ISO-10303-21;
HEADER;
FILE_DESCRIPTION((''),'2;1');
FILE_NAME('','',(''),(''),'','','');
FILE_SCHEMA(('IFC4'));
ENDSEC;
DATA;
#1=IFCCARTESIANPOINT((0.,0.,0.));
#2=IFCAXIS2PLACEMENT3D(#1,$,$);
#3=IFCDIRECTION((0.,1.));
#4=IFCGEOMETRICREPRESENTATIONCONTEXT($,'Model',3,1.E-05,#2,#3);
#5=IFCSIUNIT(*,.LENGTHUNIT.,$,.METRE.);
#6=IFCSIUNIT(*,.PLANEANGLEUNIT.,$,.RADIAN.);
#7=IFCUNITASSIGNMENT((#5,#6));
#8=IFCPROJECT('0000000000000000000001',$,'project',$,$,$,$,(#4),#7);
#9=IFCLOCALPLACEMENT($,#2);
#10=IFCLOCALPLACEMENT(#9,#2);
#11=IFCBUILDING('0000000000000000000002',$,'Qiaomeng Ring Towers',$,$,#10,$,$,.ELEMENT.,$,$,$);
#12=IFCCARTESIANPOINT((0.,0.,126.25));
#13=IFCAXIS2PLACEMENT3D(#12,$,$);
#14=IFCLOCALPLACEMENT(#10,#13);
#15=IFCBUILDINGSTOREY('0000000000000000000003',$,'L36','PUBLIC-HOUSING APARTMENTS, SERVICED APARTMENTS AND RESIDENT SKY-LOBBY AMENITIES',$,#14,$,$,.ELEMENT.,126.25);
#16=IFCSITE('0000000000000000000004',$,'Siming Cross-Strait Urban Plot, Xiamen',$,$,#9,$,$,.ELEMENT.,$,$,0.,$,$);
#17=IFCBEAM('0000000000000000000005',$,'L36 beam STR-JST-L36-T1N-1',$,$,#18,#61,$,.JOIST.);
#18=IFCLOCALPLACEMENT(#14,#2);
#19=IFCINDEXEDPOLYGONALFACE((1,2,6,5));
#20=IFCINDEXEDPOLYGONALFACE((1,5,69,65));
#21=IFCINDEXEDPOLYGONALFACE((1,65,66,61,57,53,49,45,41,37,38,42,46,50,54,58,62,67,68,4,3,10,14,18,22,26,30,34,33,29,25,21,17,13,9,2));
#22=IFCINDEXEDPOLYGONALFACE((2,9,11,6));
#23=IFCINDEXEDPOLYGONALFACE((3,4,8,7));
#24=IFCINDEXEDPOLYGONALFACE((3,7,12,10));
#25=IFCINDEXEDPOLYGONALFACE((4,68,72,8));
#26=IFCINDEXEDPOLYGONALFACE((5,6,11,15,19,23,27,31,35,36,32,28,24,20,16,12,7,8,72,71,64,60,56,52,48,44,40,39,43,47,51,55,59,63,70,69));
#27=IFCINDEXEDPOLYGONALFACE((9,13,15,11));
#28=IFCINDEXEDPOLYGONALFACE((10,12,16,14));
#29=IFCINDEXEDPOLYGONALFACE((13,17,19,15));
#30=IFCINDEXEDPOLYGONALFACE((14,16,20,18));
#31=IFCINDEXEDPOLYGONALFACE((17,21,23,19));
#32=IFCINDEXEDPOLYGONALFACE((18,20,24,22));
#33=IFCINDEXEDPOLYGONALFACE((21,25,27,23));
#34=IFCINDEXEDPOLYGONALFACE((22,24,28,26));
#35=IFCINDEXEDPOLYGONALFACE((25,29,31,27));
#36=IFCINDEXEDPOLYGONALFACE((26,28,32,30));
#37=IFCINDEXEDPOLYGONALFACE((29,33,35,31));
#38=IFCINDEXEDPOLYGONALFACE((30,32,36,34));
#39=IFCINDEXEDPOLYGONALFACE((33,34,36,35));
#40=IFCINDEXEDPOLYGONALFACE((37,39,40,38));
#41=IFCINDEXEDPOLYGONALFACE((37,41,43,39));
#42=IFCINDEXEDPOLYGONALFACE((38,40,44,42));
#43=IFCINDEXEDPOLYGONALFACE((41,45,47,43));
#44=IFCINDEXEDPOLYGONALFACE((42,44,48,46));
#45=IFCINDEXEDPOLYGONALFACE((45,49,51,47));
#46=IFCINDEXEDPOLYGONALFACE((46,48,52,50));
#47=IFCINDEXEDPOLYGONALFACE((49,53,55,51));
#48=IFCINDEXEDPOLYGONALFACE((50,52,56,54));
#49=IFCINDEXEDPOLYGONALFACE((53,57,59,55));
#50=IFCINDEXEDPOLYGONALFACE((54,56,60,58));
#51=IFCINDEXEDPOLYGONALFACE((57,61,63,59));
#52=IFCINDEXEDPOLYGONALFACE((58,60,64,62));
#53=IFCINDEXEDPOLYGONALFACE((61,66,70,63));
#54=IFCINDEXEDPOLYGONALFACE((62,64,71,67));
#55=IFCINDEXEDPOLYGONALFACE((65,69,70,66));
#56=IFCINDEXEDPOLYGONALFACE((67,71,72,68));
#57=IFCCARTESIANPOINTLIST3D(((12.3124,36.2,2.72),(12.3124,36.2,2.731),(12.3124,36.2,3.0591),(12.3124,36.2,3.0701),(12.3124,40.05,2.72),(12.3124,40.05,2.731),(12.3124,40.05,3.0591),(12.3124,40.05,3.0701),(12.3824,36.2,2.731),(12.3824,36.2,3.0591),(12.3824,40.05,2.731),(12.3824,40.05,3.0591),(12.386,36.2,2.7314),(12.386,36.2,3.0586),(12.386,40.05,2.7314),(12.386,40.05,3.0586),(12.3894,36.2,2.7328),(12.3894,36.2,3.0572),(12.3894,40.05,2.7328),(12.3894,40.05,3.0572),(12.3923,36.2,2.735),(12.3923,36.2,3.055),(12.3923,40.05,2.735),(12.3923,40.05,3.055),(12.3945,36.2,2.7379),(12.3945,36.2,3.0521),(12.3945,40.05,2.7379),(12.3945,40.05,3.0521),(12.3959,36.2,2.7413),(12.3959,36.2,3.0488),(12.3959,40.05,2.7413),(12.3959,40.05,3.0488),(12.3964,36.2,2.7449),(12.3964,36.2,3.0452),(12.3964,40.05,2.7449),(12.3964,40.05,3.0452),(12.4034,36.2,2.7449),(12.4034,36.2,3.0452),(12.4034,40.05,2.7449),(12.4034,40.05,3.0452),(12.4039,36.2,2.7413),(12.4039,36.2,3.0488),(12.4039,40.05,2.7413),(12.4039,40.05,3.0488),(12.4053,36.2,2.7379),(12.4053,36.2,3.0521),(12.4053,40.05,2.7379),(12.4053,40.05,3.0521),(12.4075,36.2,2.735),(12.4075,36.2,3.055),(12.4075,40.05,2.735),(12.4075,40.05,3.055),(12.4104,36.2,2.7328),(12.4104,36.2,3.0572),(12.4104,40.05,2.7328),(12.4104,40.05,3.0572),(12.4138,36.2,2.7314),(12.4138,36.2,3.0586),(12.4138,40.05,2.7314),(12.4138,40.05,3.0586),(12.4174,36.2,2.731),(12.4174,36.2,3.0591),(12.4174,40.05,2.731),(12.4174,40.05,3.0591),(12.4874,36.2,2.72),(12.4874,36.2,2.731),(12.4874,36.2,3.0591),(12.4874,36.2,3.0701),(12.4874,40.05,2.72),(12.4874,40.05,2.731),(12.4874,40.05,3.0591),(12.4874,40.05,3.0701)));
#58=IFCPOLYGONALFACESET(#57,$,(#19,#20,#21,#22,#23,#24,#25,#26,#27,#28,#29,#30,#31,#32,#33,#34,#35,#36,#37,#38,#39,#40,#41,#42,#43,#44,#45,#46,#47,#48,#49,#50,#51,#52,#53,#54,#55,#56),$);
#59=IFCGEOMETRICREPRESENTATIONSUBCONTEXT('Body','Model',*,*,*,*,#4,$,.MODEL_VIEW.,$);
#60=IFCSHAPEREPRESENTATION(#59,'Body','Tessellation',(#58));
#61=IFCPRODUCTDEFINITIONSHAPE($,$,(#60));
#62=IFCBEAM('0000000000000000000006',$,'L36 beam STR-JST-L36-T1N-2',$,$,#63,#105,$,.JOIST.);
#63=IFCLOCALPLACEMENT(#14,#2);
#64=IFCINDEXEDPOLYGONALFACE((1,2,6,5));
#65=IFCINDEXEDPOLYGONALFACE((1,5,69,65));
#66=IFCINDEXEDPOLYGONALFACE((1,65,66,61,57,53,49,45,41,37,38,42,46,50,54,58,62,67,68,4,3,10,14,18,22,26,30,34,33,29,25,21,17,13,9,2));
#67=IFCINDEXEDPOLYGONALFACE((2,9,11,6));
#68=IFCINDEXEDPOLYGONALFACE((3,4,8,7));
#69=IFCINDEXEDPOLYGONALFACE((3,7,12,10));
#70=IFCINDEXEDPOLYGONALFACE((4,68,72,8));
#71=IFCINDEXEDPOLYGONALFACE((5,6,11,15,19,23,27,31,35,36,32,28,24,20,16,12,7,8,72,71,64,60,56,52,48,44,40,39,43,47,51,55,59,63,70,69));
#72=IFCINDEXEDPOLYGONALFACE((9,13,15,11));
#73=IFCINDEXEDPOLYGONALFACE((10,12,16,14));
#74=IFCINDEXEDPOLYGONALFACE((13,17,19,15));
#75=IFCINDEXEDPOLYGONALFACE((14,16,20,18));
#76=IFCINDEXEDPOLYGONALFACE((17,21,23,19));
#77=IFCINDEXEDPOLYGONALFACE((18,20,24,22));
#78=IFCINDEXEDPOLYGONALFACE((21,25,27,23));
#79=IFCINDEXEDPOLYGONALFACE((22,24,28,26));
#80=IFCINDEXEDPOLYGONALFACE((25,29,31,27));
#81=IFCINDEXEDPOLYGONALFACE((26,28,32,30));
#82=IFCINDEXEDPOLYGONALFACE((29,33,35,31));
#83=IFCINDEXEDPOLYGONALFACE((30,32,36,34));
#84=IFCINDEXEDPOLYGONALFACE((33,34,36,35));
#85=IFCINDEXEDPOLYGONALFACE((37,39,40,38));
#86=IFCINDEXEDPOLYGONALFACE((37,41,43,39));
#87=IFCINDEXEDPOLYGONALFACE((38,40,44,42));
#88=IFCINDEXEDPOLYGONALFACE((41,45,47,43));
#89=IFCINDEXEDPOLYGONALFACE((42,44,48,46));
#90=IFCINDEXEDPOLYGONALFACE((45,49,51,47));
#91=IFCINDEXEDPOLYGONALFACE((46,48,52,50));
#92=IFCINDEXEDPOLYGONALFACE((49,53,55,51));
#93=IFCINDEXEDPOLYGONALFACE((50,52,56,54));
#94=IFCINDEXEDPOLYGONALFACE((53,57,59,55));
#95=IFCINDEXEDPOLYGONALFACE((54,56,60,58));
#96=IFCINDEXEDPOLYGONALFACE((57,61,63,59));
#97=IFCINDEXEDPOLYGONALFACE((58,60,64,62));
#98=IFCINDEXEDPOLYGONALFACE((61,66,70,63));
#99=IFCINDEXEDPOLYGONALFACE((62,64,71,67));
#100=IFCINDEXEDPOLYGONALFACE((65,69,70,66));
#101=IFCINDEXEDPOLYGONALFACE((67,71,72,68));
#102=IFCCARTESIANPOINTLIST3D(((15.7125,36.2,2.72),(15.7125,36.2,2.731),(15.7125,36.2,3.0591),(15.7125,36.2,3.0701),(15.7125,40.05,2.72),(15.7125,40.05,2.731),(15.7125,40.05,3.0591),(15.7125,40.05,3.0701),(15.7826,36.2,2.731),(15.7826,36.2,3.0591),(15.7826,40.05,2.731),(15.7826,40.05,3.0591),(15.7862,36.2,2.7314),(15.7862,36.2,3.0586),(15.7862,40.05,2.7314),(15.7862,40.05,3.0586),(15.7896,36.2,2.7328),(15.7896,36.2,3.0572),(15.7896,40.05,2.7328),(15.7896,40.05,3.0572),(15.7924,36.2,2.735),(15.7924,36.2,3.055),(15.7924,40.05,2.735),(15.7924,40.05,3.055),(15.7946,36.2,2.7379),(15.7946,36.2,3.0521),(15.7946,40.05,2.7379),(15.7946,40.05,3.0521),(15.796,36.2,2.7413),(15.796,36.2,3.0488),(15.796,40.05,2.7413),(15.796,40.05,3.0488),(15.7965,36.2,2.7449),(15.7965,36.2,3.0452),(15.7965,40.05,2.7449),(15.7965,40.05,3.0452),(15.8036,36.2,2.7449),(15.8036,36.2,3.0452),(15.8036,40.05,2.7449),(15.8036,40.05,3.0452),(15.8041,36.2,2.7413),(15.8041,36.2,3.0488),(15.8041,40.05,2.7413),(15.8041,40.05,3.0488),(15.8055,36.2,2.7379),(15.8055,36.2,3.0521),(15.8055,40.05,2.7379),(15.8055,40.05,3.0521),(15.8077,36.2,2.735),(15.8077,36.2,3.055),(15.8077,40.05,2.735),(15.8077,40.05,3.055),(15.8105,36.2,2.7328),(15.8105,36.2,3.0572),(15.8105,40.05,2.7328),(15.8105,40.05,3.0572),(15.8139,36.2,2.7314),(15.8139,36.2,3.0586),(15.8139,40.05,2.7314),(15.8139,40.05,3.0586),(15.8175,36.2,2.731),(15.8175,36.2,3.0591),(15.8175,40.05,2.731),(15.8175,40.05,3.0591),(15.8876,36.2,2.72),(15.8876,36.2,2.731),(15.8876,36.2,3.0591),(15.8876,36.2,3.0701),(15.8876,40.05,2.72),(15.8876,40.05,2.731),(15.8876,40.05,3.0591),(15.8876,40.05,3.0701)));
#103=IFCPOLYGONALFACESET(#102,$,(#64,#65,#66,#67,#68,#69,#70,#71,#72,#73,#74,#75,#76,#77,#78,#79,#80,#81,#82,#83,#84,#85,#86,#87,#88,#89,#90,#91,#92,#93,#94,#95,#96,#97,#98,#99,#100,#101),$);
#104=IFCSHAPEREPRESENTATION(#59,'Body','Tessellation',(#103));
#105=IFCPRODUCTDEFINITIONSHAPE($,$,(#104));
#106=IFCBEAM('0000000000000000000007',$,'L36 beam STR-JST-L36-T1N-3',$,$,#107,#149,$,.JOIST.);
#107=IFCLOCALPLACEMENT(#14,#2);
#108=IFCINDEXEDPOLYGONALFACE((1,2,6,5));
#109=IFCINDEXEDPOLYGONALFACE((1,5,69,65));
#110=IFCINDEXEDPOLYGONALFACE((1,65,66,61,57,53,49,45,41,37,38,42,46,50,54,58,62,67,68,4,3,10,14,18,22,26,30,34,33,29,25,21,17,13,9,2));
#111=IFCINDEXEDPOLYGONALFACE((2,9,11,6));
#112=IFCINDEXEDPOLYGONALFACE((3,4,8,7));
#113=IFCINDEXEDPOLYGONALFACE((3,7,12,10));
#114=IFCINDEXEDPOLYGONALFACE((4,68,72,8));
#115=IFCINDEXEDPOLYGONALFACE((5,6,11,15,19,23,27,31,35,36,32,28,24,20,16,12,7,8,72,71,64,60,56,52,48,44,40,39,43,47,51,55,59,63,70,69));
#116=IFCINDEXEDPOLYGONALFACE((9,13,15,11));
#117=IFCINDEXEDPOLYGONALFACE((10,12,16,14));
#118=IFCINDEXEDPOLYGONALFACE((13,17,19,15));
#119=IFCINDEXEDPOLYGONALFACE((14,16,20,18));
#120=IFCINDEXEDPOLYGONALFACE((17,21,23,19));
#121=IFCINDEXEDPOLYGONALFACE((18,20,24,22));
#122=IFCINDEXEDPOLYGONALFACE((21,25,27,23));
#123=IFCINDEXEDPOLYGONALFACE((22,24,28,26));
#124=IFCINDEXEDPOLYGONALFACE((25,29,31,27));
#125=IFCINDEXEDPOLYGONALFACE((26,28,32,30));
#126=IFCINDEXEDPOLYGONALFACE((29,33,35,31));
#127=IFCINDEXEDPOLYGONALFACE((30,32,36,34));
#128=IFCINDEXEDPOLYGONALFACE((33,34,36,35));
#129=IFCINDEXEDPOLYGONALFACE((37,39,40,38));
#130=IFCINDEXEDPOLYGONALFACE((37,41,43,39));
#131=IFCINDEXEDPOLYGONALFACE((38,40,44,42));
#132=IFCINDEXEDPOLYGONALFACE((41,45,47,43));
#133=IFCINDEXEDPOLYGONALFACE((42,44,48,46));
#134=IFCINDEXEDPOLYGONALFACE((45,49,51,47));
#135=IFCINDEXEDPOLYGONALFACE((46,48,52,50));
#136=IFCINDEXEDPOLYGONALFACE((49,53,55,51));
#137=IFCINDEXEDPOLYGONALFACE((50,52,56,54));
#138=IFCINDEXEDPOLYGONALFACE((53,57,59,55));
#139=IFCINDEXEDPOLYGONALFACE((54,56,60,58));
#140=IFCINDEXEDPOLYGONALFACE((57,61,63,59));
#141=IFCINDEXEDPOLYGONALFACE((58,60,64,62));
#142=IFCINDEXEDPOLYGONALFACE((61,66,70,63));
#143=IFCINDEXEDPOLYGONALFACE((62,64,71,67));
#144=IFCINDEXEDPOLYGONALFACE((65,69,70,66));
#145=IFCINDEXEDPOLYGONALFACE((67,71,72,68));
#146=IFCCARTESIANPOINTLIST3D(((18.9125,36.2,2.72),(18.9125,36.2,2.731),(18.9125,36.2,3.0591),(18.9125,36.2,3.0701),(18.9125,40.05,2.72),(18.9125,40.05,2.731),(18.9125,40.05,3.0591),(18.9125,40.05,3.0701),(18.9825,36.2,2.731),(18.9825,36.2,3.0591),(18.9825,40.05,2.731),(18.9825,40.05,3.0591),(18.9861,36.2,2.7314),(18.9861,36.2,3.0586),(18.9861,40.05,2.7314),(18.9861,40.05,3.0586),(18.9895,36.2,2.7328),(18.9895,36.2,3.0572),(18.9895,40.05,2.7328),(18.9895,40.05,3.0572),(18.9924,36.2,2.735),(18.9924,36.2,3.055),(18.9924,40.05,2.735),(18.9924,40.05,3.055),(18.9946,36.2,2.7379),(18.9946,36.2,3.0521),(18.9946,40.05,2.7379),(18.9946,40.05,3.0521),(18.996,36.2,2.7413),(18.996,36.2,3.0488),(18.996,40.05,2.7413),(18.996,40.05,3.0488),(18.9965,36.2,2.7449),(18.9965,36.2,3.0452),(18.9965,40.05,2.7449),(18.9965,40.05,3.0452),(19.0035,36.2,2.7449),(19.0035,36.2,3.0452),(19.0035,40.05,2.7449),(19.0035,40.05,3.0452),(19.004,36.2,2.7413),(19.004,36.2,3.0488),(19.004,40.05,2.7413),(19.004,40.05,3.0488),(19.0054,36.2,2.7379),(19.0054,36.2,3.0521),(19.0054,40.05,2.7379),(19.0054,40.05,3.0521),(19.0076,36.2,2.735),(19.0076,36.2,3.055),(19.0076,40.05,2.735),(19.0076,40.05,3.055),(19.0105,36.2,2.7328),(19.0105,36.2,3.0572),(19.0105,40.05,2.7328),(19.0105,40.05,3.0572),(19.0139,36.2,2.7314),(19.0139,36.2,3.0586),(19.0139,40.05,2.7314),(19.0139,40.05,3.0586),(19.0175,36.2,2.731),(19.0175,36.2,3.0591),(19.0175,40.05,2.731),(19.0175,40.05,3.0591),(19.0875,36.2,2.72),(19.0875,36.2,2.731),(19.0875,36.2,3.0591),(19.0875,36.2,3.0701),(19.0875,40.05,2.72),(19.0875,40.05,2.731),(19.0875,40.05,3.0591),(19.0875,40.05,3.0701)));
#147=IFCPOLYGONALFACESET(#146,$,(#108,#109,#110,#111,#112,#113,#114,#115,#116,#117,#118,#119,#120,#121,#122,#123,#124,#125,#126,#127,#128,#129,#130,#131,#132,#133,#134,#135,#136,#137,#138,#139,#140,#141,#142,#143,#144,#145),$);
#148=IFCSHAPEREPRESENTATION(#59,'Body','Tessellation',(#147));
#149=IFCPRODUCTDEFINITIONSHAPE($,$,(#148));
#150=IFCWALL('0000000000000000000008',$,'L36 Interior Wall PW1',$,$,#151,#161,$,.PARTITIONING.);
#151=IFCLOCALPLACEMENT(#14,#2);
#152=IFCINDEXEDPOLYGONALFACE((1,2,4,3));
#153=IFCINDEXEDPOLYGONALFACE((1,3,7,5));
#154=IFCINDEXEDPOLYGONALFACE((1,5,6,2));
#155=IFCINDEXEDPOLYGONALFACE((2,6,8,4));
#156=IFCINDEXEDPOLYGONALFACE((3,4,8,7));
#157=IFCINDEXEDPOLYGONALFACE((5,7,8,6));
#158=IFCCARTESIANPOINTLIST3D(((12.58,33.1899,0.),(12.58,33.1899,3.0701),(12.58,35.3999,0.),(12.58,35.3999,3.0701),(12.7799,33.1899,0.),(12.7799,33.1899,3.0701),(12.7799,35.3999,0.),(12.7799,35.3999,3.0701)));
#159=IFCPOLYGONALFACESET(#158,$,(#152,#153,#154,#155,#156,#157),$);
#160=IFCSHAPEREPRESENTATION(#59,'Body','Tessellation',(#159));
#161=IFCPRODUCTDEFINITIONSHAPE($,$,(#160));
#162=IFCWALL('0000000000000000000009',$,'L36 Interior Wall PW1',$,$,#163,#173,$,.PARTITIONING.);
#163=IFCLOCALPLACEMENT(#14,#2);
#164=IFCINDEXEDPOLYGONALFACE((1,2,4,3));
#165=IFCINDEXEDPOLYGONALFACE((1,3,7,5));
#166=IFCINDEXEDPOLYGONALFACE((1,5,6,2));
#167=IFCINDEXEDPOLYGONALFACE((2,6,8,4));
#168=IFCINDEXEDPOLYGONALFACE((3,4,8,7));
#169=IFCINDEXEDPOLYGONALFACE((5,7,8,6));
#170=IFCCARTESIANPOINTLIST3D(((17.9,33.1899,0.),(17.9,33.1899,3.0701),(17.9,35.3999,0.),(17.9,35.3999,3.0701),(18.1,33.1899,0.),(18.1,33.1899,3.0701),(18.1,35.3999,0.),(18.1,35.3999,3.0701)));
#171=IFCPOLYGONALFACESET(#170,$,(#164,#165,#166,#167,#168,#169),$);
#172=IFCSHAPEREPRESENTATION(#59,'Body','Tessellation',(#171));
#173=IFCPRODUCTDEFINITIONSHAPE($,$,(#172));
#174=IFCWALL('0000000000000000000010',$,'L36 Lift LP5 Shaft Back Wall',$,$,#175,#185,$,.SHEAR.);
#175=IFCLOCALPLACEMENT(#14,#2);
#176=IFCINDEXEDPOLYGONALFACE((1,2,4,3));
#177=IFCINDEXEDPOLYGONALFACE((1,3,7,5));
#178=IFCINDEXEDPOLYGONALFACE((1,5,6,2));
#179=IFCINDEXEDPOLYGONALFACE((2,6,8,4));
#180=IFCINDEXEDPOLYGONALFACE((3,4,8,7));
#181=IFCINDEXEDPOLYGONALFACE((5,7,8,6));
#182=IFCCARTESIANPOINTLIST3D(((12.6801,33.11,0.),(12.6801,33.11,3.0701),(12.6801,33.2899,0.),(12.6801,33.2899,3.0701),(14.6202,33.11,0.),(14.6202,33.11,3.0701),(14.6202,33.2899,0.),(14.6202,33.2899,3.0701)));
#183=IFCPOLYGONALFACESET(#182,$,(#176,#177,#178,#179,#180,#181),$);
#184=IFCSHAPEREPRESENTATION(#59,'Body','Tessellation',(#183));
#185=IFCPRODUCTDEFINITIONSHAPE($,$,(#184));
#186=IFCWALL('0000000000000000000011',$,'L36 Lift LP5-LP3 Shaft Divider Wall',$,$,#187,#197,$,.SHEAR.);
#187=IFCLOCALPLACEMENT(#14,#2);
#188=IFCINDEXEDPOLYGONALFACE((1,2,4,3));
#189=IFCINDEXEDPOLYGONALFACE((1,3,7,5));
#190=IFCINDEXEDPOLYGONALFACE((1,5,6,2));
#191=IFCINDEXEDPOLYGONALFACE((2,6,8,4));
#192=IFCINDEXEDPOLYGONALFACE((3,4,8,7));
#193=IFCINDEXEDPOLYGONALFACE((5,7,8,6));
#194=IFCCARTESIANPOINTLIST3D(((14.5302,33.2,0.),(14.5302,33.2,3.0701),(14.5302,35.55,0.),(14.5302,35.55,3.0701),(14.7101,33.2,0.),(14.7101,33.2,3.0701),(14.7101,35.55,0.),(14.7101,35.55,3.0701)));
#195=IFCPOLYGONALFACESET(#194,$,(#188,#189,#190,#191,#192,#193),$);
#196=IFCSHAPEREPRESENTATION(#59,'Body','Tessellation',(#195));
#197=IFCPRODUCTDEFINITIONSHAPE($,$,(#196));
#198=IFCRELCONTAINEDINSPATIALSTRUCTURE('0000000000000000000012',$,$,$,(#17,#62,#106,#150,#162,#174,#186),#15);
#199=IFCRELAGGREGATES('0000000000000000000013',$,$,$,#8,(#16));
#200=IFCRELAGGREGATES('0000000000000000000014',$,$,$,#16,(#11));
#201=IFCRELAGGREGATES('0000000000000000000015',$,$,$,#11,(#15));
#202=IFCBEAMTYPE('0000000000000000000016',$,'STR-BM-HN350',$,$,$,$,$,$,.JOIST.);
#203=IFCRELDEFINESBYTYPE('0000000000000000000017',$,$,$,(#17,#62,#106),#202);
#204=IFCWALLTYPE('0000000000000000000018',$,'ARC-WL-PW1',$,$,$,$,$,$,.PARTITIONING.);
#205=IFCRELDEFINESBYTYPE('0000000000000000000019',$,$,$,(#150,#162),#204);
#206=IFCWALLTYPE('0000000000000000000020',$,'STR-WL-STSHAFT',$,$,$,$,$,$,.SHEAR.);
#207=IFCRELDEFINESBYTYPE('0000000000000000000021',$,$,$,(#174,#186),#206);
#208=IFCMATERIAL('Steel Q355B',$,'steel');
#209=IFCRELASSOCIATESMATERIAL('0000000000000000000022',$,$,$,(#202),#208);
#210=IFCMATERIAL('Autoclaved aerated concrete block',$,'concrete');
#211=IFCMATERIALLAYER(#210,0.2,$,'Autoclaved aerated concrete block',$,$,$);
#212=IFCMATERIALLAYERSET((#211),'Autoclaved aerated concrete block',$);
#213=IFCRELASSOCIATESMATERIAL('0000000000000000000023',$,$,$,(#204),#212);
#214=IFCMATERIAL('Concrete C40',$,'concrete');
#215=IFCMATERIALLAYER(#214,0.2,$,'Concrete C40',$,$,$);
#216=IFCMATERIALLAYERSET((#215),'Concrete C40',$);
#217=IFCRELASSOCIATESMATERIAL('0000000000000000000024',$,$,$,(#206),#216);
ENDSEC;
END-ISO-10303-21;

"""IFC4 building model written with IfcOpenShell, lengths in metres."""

from ifc_helpers import new_model, si_unit, direction, frame, frame_2d, origin, origin_2d, place, context, subcontext, project, spatial, rectangle, i_section, extrude, source, transform, mapped, material, layer, layer_set, material_profile, profile_set, type_object, element, save


model = new_model("IFC4")

# Units and contexts
model_context = context("Model", 3, precision=1e-05, world=origin(), true_north=direction((0.0, 1.0)))
body_context = subcontext(model_context, "Body", "Model", "MODEL_VIEW")
ifc_project = project(units=[si_unit("LENGTHUNIT", "METRE"), si_unit("PLANEANGLEUNIT", "RADIAN")], contexts=[model_context])

# Site, building, storey
site_placement = place(None, origin())
site = spatial("IfcSite", under=ifc_project, at=site_placement, Name="Siming Cross-Strait Urban Plot, Xiamen", CompositionType="ELEMENT", RefElevation=0.0)
building_placement = place(site_placement, origin())
building = spatial("IfcBuilding", under=site, at=building_placement, Name="Qiaomeng Ring Towers", CompositionType="ELEMENT")
storey_placement = place(building_placement, frame((0.0, 0.0, 126.25)))
storey = spatial("IfcBuildingStorey", under=building, at=storey_placement, Name="L36", Description="PUBLIC-HOUSING APARTMENTS, SERVICED APARTMENTS AND RESIDENT SKY-LOBBY AMENITIES", CompositionType="ELEMENT", Elevation=126.25)

# Beams
ifc_material_1 = material(Name="Steel Q355B", Category="steel")
ifc_material_profile = material_profile(ifc_material_1, i_section(OverallWidth=0.175, OverallDepth=0.3501, WebThickness=0.0071, FlangeThickness=0.011, FilletRadius=0.0139, at=origin_2d()), Name="HN 350x175x7x11")
ifc_profile_set = profile_set([ifc_material_profile], Name="Steel Q355B")
beam_type = type_object("IfcBeamType", Name="STR-BM-HN350", PredefinedType="JOIST", material=ifc_profile_set)
shared_shape_1 = source(origin(), body_context, "Body", "SweptSolid", [
    extrude(i_section(OverallWidth=0.175, OverallDepth=0.3501, WebThickness=0.0071, FlangeThickness=0.011, FilletRadius=0.0139, at=origin_2d()), origin(), (0.0, 0.0, 1.0), 3.8501),
])
for number, where, z_axis, x_axis, name in (
    (1, (12.3999, 36.2, 2.895), (0.0, 1.0, 0.0), (-1.0, 0.0, 0.0), "L36 beam STR-JST-L36-T1N-1"),
    (2, (15.8, 36.2, 2.895), (0.0, 1.0, 0.0), (-1.0, 0.0, 0.0), "L36 beam STR-JST-L36-T1N-2"),
    (3, (19.0, 36.2, 2.895), (0.0, 1.0, 0.0), (-1.0, 0.0, 0.0), "L36 beam STR-JST-L36-T1N-3"),
):
    element("IfcBeam", number, at=place(storey_placement, frame(where, z_axis=z_axis, x_axis=x_axis)), inside=storey, type_object=beam_type, Name=name, PredefinedType="JOIST", context=body_context, shape_type="MappedRepresentation", body=[
        mapped(shared_shape_1, transform((0.0, 0.0, 0.0), x_axis=(1.0, 0.0, 0.0), y_axis=(0.0, 1.0, 0.0), z_axis=(0.0, 0.0, 1.0), scale=1.0)),
    ])

# Walls
ifc_material_2 = material(Name="Autoclaved aerated concrete block", Category="concrete")
ifc_layer_1 = layer(ifc_material_2, 0.2, Name="Autoclaved aerated concrete block")
ifc_layer_set_1 = layer_set([ifc_layer_1], Name="Autoclaved aerated concrete block")
wall_type_1 = type_object("IfcWallType", Name="ARC-WL-PW1", PredefinedType="PARTITIONING", material=ifc_layer_set_1)
for number, where, z_axis, x_axis, name in (
    (4, (12.6799, 33.1899, 0.0), (0.0, 0.0, 1.0), (0.0, 1.0, 0.0), "L36 Interior Wall PW1"),
    (5, (18.0, 33.1899, 0.0), (0.0, 0.0, 1.0), (0.0, 1.0, 0.0), "L36 Interior Wall PW1"),
):
    element("IfcWall", number, at=place(storey_placement, frame(where, z_axis=z_axis, x_axis=x_axis)), inside=storey, type_object=wall_type_1, Name=name, PredefinedType="PARTITIONING", context=body_context, shape_type="SweptSolid", body=[
        extrude(rectangle(XDim=2.21, YDim=0.2, at=frame_2d((1.105, 0.0))), origin(), (0.0, 0.0, 1.0), 3.0701),
    ])
ifc_material_3 = material(Name="Concrete C40", Category="concrete")
ifc_layer_2 = layer(ifc_material_3, 0.2, Name="Concrete C40")
ifc_layer_set_2 = layer_set([ifc_layer_2], Name="Concrete C40")
wall_type_2 = type_object("IfcWallType", Name="STR-WL-STSHAFT", PredefinedType="SHEAR", material=ifc_layer_set_2)
wall_1_placement = place(storey_placement, frame((12.6799, 33.2, 0.0), z_axis=(0.0, 0.0, 1.0), x_axis=(1.0, 0.0, 0.0)))
element("IfcWall", 6, at=wall_1_placement, inside=storey, type_object=wall_type_2, Name="L36 Lift LP5 Shaft Back Wall", PredefinedType="SHEAR", context=body_context, shape_type="SweptSolid", body=[
    extrude(rectangle(XDim=1.9402, YDim=0.1799, at=frame_2d((0.9702, 0.0))), origin(), (0.0, 0.0, 1.0), 3.0701),
])
wall_2_placement = place(storey_placement, frame((14.6201, 33.2, 0.0), z_axis=(0.0, 0.0, 1.0), x_axis=(0.0, 1.0, 0.0)))
element("IfcWall", 7, at=wall_2_placement, inside=storey, type_object=wall_type_2, Name="L36 Lift LP5-LP3 Shaft Divider Wall", PredefinedType="SHEAR", context=body_context, shape_type="SweptSolid", body=[
    extrude(rectangle(XDim=2.3501, YDim=0.1799, at=frame_2d((1.175, 0.0))), origin(), (0.0, 0.0, 1.0), 3.0701),
])

save(model, "model.ifc")
